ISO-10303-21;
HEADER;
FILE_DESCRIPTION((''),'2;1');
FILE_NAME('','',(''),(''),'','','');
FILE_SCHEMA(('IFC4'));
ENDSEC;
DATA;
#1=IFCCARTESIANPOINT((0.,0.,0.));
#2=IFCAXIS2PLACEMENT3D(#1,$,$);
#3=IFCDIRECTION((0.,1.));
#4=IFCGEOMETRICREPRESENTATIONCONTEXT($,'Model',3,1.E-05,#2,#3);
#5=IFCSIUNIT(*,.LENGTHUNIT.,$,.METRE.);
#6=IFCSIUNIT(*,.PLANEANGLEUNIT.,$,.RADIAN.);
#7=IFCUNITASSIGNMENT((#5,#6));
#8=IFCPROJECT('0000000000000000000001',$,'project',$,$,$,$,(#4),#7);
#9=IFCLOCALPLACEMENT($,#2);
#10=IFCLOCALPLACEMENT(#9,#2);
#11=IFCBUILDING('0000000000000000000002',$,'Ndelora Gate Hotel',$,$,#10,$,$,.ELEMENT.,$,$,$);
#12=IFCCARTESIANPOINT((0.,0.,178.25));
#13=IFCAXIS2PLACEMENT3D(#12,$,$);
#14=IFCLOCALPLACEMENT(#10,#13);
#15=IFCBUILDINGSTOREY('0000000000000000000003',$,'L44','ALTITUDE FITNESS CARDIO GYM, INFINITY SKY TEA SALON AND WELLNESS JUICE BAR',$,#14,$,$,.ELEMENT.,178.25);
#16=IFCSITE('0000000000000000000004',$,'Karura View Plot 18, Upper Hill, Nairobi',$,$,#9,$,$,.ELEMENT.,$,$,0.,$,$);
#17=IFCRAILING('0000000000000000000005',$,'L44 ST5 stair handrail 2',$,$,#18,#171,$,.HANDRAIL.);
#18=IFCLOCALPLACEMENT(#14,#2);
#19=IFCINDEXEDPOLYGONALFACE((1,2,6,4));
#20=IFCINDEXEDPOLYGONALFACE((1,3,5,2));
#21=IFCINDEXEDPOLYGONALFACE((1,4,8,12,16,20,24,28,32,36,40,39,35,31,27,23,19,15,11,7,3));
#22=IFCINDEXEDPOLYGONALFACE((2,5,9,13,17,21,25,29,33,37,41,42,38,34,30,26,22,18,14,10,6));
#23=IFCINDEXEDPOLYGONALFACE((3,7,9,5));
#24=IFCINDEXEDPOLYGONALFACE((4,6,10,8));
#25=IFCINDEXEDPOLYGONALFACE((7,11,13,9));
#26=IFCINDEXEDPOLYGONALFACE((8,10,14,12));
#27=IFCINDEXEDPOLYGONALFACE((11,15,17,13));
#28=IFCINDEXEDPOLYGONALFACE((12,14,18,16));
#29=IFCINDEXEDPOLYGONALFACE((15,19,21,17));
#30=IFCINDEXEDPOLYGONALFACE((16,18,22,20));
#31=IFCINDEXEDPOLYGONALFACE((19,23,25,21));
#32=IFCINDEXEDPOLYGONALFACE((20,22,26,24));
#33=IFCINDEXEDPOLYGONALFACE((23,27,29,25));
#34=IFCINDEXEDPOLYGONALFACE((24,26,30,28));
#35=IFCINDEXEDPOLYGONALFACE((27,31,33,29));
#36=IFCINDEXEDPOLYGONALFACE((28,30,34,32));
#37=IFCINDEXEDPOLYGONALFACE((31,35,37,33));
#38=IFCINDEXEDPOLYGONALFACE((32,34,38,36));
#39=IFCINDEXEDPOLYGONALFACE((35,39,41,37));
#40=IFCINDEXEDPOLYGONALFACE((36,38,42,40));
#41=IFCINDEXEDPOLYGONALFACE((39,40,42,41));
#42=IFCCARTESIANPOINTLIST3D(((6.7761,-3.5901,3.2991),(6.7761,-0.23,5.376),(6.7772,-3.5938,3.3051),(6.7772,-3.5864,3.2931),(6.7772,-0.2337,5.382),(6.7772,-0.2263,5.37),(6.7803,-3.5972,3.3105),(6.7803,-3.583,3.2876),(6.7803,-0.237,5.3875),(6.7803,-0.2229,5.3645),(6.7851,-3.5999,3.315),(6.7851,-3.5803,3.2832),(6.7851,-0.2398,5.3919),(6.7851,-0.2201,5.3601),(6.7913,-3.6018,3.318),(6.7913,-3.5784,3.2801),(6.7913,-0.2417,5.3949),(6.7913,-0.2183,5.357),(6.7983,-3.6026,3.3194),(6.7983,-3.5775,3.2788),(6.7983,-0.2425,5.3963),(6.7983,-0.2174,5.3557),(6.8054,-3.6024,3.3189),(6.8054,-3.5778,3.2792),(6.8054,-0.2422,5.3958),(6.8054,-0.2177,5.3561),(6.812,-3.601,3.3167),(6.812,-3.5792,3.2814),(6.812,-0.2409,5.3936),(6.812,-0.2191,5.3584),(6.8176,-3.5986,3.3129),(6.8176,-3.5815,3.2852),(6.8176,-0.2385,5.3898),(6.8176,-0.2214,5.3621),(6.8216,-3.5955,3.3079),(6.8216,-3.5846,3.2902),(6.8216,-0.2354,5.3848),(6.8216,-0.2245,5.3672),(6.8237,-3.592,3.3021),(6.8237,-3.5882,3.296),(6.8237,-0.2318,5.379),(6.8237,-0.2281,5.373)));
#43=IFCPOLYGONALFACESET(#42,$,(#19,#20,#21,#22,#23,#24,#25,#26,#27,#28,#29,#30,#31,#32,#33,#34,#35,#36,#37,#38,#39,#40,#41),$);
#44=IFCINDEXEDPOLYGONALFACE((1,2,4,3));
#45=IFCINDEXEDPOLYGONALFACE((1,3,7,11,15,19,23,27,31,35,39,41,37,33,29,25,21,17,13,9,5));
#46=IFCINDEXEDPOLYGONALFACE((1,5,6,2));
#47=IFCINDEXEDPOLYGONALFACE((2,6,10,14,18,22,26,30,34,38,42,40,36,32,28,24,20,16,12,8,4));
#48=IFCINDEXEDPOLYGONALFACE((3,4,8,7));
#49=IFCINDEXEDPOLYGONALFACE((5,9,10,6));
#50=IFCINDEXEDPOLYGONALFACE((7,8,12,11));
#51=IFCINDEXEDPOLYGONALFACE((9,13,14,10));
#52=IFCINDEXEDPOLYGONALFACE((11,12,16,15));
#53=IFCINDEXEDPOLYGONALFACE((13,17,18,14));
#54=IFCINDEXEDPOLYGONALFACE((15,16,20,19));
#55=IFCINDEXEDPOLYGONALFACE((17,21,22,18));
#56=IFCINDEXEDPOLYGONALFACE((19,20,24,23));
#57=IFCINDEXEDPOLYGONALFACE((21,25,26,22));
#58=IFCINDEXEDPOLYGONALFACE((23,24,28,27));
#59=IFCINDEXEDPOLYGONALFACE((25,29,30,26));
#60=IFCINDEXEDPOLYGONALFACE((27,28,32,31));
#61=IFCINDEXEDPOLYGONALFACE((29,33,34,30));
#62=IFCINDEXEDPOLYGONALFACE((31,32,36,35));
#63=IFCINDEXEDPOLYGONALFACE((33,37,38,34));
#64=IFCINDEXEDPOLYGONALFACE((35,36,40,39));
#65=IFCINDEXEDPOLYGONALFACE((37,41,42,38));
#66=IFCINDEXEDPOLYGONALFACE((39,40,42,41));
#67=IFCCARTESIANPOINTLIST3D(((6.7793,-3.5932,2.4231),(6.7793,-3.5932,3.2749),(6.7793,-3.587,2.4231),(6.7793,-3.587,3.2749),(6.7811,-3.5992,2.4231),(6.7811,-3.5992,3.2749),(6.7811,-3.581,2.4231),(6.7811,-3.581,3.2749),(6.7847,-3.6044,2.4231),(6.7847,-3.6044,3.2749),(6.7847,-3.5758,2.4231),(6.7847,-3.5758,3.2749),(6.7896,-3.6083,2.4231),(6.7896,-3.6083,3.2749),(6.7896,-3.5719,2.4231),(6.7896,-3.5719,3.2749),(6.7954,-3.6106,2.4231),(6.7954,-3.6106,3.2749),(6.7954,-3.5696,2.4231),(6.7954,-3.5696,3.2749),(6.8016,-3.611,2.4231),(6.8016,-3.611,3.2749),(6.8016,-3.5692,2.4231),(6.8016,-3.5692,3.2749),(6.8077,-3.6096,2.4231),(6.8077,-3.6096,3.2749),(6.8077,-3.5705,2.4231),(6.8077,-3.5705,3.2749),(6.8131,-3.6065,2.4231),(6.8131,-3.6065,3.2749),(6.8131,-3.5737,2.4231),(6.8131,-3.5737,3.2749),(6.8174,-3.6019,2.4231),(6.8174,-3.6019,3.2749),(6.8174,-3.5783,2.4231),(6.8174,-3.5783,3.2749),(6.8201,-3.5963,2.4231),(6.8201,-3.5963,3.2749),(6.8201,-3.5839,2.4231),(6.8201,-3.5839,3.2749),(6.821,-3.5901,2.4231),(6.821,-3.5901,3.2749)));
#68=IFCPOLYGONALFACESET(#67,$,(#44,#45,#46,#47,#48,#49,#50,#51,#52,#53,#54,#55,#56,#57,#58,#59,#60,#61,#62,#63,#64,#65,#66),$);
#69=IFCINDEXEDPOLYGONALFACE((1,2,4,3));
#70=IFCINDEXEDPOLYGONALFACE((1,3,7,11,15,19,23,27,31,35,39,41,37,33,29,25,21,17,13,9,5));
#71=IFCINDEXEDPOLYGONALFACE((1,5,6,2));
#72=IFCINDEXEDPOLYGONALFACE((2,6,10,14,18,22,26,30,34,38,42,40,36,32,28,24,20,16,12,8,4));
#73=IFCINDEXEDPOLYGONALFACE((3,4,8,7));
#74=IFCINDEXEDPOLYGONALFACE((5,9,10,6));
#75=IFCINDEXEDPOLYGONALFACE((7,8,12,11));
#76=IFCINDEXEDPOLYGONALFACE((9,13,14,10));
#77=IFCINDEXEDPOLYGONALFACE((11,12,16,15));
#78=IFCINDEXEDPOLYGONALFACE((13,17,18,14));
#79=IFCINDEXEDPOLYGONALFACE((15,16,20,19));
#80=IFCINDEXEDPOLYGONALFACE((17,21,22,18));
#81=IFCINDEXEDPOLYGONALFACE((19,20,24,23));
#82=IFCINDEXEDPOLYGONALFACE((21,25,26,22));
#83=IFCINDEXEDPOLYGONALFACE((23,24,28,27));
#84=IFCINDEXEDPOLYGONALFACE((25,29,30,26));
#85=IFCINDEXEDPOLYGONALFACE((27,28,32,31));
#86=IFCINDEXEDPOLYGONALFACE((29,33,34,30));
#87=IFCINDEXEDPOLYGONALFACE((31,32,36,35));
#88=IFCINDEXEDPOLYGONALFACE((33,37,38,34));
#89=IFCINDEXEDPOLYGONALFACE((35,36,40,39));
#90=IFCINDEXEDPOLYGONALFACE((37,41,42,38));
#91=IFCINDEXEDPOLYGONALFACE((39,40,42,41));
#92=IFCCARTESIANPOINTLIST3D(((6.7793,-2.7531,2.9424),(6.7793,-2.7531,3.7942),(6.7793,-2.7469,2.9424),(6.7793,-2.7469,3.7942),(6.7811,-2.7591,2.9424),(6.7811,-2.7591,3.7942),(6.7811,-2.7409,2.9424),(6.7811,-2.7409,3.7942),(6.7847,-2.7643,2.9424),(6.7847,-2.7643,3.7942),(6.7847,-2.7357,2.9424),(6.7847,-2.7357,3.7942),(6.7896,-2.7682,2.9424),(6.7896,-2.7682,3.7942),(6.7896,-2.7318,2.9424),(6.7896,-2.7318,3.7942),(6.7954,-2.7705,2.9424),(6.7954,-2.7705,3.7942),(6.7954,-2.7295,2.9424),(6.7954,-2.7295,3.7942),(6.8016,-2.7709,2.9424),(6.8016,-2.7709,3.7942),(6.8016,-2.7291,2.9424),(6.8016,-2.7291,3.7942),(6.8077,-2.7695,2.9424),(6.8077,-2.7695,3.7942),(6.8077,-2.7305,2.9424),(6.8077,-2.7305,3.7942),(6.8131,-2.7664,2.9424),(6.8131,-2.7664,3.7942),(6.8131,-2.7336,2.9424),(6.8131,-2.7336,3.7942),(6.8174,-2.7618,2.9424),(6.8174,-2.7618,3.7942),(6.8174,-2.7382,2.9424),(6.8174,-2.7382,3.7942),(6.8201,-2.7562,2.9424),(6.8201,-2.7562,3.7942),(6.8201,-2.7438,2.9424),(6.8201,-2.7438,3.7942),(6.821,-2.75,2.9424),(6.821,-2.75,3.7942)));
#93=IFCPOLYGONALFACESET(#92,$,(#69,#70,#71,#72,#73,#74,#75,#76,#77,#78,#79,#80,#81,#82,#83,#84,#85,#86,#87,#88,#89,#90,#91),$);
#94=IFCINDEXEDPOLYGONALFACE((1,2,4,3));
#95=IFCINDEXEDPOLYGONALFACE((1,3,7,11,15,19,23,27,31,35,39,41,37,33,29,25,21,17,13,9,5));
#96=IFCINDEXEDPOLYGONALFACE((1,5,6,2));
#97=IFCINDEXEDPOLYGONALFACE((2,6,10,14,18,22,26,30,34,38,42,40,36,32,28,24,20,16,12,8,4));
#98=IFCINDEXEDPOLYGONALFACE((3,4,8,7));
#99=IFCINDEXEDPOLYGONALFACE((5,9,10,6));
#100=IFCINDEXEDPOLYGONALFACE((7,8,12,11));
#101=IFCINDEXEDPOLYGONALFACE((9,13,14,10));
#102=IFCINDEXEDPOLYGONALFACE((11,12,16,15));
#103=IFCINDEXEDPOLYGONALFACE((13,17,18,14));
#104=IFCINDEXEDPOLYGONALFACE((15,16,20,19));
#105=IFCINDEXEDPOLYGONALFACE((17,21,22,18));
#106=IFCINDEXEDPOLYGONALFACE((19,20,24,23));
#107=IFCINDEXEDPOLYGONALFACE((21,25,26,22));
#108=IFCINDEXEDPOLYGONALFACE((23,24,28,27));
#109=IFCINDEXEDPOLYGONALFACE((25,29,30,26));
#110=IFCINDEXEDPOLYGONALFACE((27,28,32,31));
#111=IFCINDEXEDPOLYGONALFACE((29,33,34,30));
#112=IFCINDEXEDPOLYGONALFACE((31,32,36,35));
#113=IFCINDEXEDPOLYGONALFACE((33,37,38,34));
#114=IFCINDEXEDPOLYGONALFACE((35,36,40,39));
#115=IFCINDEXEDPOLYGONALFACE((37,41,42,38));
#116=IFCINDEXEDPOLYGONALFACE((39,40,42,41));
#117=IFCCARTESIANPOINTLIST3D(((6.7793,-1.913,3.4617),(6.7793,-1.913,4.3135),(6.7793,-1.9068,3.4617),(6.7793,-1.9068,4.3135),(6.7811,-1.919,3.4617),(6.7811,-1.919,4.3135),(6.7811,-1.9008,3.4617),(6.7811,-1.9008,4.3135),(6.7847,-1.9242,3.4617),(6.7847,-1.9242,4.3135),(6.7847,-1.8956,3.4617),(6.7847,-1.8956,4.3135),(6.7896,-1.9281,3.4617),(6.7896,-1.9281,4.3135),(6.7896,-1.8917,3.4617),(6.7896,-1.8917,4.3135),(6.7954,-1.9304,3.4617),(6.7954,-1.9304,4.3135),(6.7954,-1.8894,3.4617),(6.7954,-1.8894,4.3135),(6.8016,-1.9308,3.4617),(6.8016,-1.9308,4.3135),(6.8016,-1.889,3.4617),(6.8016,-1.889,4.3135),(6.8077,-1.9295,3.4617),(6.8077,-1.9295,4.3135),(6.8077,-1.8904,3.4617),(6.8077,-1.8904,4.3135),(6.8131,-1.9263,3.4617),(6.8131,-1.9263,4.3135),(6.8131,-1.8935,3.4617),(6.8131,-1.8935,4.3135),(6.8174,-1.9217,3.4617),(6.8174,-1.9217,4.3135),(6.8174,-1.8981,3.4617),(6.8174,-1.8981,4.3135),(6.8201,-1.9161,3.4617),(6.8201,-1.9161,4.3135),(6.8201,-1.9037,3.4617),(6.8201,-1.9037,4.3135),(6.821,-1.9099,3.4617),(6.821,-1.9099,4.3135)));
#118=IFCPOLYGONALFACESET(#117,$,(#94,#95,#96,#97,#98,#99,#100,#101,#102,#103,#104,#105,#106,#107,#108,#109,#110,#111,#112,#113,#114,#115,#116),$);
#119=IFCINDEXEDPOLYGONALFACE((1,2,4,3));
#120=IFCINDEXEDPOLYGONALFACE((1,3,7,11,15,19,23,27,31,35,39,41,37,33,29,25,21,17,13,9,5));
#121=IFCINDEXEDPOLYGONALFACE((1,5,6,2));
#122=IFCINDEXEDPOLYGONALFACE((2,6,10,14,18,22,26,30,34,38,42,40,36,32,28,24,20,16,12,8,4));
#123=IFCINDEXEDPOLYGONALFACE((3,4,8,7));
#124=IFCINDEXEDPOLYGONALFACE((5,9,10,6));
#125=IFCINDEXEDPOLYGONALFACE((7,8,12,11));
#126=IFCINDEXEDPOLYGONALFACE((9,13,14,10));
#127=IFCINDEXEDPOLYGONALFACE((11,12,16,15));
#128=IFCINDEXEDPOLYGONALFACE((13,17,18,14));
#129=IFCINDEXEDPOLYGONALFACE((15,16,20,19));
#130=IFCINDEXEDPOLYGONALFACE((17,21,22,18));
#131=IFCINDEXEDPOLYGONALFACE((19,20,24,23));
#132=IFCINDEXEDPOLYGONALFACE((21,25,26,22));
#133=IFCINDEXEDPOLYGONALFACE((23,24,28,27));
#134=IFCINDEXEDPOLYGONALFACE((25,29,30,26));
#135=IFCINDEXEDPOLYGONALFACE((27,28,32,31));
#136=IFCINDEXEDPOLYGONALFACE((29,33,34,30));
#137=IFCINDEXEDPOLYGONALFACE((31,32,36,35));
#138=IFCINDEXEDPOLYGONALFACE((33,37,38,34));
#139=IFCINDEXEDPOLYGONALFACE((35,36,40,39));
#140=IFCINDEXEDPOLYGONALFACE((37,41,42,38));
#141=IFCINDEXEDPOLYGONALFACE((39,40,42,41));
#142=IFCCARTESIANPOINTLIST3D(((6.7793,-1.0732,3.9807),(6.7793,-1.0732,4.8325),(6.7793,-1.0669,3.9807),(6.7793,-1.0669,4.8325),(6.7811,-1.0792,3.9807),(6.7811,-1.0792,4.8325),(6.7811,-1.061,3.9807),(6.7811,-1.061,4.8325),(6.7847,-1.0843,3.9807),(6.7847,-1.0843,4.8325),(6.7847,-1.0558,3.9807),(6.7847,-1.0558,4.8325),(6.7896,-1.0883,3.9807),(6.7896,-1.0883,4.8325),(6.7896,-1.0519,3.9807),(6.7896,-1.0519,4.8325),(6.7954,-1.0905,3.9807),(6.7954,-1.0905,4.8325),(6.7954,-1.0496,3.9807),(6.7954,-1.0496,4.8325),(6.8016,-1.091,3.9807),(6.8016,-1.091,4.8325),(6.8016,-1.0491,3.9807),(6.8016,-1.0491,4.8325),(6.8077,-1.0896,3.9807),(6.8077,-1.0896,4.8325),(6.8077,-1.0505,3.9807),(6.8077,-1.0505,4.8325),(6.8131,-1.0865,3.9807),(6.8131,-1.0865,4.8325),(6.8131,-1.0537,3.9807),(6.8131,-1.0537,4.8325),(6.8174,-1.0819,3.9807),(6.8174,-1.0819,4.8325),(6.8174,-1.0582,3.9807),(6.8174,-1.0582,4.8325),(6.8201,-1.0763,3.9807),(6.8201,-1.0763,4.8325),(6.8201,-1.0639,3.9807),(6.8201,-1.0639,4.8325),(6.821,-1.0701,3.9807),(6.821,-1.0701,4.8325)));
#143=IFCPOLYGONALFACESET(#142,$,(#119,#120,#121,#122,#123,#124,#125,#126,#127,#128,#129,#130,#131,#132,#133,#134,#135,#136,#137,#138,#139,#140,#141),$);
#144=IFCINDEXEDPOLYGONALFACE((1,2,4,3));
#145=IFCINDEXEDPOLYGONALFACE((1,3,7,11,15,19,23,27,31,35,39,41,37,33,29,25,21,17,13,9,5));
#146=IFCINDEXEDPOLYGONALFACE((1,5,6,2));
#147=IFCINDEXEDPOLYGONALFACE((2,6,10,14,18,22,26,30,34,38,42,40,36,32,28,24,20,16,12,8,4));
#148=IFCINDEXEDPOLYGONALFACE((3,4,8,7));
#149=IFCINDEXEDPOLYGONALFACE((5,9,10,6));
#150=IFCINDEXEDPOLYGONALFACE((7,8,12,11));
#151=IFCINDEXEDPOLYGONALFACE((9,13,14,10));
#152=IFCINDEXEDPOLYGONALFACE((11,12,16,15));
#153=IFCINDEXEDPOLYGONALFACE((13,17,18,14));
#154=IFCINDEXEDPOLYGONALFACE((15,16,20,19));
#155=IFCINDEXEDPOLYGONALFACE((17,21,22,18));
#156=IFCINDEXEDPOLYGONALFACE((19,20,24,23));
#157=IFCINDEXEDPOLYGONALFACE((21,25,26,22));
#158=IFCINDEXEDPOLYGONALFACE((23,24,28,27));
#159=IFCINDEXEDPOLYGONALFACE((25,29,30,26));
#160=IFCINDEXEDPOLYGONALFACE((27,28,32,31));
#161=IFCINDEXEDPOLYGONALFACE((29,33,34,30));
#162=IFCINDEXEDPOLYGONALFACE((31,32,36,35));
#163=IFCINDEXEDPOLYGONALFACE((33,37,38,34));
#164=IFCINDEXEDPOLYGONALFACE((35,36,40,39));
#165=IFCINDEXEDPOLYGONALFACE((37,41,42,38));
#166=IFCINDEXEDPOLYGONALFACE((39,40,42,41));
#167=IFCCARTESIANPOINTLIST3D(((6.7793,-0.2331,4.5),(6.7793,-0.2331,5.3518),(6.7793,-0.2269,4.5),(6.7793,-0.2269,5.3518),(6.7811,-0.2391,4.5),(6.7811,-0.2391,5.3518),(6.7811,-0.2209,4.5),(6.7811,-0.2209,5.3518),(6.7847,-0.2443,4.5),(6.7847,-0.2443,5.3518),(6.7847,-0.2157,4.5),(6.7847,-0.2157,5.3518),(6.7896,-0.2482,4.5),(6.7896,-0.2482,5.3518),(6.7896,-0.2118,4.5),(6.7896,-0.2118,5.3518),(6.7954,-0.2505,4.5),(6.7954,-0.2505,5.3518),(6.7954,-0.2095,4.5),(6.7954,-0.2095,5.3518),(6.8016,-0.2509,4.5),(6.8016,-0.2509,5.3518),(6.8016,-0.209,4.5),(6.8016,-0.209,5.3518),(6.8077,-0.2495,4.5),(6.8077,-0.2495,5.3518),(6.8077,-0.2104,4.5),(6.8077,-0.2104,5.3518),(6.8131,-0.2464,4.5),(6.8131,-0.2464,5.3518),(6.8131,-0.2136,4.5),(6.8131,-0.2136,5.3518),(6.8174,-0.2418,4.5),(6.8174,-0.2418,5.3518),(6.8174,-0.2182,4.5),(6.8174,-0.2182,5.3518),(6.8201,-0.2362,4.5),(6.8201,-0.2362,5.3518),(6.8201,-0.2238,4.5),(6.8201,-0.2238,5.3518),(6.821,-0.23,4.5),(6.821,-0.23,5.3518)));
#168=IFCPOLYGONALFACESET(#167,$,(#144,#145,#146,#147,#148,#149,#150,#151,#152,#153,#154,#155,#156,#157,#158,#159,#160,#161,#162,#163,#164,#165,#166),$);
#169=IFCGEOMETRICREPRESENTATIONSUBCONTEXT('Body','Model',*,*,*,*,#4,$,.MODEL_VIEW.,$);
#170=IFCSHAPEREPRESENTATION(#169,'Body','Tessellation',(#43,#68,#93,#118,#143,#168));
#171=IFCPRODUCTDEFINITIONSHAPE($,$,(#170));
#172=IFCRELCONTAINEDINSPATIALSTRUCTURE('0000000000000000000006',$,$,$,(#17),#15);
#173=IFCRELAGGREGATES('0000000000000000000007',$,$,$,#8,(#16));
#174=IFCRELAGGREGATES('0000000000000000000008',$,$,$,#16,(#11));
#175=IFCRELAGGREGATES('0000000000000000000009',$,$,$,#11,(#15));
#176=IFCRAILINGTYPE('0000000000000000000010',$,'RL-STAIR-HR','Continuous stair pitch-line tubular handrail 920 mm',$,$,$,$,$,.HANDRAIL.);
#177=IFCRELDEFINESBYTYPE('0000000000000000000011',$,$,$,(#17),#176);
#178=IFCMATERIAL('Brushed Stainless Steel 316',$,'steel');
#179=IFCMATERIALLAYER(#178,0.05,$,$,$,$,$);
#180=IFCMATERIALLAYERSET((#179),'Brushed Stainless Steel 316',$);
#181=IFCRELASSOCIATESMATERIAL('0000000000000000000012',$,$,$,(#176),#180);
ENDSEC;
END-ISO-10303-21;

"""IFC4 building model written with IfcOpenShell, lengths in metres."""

from ifc_helpers import new_model, si_unit, direction, frame, origin, origin_2d, place, context, subcontext, project, spatial, circle, extrude, material, layer, layer_set, type_object, element, save


model = new_model("IFC4")

# Units and contexts
model_context = context("Model", 3, precision=1e-05, world=origin(), true_north=direction((0.0, 1.0)))
body_context = subcontext(model_context, "Body", "Model", "MODEL_VIEW")
ifc_project = project(units=[si_unit("LENGTHUNIT", "METRE"), si_unit("PLANEANGLEUNIT", "RADIAN")], contexts=[model_context])

# Site, building, storey
site_placement = place(None, origin())
site = spatial("IfcSite", under=ifc_project, at=site_placement, Name="Karura View Plot 18, Upper Hill, Nairobi", CompositionType="ELEMENT", RefElevation=0.0)
building_placement = place(site_placement, origin())
building = spatial("IfcBuilding", under=site, at=building_placement, Name="Ndelora Gate Hotel", CompositionType="ELEMENT")
storey_placement = place(building_placement, frame((0.0, 0.0, 178.25)))
storey = spatial("IfcBuildingStorey", under=building, at=storey_placement, Name="L44", Description="ALTITUDE FITNESS CARDIO GYM, INFINITY SKY TEA SALON AND WELLNESS JUICE BAR", CompositionType="ELEMENT", Elevation=178.25)

# Railing
ifc_material_1 = material(Name="Brushed Stainless Steel 316", Category="steel")
ifc_layer_1 = layer(ifc_material_1, 0.05)
ifc_layer_set_1 = layer_set([ifc_layer_1], Name="Brushed Stainless Steel 316")
railing_type_1 = type_object("IfcRailingType", Name="RL-STAIR-HR", Description="Continuous stair pitch-line tubular handrail 920 mm", PredefinedType="HANDRAIL", material=ifc_layer_set_1)
railing_1_placement = place(storey_placement, frame((6.8, -3.5901, 2.4231)))
element("IfcRailing", 1, at=railing_1_placement, inside=storey, type_object=railing_type_1, Name="L44 ST5 stair handrail 2", PredefinedType="HANDRAIL", context=body_context, shape_type="SweptSolid", body=[
    extrude(circle(Radius=0.0239, at=origin_2d()), frame((0.0, 0.0, 0.876), z_axis=(0.0, 0.850623, 0.525776), x_axis=(-1.0, 0.0, 0.0)), (0.0, 0.0, 1.0), 3.9502),
    extrude(circle(Radius=0.021, at=origin_2d()), origin(), (0.0, 0.0, 1.0), 0.8518),
    extrude(circle(Radius=0.021, at=origin_2d()), frame((0.0, 0.8401, 0.5193)), (0.0, 0.0, 1.0), 0.8518),
    extrude(circle(Radius=0.021, at=origin_2d()), frame((0.0, 1.6802, 1.0386)), (0.0, 0.0, 1.0), 0.8518),
    extrude(circle(Radius=0.021, at=origin_2d()), frame((0.0, 2.52, 1.5576)), (0.0, 0.0, 1.0), 0.8518),
    extrude(circle(Radius=0.021, at=origin_2d()), frame((0.0, 3.3601, 2.0769)), (0.0, 0.0, 1.0), 0.8518),
])

save(model, "model.ifc")
